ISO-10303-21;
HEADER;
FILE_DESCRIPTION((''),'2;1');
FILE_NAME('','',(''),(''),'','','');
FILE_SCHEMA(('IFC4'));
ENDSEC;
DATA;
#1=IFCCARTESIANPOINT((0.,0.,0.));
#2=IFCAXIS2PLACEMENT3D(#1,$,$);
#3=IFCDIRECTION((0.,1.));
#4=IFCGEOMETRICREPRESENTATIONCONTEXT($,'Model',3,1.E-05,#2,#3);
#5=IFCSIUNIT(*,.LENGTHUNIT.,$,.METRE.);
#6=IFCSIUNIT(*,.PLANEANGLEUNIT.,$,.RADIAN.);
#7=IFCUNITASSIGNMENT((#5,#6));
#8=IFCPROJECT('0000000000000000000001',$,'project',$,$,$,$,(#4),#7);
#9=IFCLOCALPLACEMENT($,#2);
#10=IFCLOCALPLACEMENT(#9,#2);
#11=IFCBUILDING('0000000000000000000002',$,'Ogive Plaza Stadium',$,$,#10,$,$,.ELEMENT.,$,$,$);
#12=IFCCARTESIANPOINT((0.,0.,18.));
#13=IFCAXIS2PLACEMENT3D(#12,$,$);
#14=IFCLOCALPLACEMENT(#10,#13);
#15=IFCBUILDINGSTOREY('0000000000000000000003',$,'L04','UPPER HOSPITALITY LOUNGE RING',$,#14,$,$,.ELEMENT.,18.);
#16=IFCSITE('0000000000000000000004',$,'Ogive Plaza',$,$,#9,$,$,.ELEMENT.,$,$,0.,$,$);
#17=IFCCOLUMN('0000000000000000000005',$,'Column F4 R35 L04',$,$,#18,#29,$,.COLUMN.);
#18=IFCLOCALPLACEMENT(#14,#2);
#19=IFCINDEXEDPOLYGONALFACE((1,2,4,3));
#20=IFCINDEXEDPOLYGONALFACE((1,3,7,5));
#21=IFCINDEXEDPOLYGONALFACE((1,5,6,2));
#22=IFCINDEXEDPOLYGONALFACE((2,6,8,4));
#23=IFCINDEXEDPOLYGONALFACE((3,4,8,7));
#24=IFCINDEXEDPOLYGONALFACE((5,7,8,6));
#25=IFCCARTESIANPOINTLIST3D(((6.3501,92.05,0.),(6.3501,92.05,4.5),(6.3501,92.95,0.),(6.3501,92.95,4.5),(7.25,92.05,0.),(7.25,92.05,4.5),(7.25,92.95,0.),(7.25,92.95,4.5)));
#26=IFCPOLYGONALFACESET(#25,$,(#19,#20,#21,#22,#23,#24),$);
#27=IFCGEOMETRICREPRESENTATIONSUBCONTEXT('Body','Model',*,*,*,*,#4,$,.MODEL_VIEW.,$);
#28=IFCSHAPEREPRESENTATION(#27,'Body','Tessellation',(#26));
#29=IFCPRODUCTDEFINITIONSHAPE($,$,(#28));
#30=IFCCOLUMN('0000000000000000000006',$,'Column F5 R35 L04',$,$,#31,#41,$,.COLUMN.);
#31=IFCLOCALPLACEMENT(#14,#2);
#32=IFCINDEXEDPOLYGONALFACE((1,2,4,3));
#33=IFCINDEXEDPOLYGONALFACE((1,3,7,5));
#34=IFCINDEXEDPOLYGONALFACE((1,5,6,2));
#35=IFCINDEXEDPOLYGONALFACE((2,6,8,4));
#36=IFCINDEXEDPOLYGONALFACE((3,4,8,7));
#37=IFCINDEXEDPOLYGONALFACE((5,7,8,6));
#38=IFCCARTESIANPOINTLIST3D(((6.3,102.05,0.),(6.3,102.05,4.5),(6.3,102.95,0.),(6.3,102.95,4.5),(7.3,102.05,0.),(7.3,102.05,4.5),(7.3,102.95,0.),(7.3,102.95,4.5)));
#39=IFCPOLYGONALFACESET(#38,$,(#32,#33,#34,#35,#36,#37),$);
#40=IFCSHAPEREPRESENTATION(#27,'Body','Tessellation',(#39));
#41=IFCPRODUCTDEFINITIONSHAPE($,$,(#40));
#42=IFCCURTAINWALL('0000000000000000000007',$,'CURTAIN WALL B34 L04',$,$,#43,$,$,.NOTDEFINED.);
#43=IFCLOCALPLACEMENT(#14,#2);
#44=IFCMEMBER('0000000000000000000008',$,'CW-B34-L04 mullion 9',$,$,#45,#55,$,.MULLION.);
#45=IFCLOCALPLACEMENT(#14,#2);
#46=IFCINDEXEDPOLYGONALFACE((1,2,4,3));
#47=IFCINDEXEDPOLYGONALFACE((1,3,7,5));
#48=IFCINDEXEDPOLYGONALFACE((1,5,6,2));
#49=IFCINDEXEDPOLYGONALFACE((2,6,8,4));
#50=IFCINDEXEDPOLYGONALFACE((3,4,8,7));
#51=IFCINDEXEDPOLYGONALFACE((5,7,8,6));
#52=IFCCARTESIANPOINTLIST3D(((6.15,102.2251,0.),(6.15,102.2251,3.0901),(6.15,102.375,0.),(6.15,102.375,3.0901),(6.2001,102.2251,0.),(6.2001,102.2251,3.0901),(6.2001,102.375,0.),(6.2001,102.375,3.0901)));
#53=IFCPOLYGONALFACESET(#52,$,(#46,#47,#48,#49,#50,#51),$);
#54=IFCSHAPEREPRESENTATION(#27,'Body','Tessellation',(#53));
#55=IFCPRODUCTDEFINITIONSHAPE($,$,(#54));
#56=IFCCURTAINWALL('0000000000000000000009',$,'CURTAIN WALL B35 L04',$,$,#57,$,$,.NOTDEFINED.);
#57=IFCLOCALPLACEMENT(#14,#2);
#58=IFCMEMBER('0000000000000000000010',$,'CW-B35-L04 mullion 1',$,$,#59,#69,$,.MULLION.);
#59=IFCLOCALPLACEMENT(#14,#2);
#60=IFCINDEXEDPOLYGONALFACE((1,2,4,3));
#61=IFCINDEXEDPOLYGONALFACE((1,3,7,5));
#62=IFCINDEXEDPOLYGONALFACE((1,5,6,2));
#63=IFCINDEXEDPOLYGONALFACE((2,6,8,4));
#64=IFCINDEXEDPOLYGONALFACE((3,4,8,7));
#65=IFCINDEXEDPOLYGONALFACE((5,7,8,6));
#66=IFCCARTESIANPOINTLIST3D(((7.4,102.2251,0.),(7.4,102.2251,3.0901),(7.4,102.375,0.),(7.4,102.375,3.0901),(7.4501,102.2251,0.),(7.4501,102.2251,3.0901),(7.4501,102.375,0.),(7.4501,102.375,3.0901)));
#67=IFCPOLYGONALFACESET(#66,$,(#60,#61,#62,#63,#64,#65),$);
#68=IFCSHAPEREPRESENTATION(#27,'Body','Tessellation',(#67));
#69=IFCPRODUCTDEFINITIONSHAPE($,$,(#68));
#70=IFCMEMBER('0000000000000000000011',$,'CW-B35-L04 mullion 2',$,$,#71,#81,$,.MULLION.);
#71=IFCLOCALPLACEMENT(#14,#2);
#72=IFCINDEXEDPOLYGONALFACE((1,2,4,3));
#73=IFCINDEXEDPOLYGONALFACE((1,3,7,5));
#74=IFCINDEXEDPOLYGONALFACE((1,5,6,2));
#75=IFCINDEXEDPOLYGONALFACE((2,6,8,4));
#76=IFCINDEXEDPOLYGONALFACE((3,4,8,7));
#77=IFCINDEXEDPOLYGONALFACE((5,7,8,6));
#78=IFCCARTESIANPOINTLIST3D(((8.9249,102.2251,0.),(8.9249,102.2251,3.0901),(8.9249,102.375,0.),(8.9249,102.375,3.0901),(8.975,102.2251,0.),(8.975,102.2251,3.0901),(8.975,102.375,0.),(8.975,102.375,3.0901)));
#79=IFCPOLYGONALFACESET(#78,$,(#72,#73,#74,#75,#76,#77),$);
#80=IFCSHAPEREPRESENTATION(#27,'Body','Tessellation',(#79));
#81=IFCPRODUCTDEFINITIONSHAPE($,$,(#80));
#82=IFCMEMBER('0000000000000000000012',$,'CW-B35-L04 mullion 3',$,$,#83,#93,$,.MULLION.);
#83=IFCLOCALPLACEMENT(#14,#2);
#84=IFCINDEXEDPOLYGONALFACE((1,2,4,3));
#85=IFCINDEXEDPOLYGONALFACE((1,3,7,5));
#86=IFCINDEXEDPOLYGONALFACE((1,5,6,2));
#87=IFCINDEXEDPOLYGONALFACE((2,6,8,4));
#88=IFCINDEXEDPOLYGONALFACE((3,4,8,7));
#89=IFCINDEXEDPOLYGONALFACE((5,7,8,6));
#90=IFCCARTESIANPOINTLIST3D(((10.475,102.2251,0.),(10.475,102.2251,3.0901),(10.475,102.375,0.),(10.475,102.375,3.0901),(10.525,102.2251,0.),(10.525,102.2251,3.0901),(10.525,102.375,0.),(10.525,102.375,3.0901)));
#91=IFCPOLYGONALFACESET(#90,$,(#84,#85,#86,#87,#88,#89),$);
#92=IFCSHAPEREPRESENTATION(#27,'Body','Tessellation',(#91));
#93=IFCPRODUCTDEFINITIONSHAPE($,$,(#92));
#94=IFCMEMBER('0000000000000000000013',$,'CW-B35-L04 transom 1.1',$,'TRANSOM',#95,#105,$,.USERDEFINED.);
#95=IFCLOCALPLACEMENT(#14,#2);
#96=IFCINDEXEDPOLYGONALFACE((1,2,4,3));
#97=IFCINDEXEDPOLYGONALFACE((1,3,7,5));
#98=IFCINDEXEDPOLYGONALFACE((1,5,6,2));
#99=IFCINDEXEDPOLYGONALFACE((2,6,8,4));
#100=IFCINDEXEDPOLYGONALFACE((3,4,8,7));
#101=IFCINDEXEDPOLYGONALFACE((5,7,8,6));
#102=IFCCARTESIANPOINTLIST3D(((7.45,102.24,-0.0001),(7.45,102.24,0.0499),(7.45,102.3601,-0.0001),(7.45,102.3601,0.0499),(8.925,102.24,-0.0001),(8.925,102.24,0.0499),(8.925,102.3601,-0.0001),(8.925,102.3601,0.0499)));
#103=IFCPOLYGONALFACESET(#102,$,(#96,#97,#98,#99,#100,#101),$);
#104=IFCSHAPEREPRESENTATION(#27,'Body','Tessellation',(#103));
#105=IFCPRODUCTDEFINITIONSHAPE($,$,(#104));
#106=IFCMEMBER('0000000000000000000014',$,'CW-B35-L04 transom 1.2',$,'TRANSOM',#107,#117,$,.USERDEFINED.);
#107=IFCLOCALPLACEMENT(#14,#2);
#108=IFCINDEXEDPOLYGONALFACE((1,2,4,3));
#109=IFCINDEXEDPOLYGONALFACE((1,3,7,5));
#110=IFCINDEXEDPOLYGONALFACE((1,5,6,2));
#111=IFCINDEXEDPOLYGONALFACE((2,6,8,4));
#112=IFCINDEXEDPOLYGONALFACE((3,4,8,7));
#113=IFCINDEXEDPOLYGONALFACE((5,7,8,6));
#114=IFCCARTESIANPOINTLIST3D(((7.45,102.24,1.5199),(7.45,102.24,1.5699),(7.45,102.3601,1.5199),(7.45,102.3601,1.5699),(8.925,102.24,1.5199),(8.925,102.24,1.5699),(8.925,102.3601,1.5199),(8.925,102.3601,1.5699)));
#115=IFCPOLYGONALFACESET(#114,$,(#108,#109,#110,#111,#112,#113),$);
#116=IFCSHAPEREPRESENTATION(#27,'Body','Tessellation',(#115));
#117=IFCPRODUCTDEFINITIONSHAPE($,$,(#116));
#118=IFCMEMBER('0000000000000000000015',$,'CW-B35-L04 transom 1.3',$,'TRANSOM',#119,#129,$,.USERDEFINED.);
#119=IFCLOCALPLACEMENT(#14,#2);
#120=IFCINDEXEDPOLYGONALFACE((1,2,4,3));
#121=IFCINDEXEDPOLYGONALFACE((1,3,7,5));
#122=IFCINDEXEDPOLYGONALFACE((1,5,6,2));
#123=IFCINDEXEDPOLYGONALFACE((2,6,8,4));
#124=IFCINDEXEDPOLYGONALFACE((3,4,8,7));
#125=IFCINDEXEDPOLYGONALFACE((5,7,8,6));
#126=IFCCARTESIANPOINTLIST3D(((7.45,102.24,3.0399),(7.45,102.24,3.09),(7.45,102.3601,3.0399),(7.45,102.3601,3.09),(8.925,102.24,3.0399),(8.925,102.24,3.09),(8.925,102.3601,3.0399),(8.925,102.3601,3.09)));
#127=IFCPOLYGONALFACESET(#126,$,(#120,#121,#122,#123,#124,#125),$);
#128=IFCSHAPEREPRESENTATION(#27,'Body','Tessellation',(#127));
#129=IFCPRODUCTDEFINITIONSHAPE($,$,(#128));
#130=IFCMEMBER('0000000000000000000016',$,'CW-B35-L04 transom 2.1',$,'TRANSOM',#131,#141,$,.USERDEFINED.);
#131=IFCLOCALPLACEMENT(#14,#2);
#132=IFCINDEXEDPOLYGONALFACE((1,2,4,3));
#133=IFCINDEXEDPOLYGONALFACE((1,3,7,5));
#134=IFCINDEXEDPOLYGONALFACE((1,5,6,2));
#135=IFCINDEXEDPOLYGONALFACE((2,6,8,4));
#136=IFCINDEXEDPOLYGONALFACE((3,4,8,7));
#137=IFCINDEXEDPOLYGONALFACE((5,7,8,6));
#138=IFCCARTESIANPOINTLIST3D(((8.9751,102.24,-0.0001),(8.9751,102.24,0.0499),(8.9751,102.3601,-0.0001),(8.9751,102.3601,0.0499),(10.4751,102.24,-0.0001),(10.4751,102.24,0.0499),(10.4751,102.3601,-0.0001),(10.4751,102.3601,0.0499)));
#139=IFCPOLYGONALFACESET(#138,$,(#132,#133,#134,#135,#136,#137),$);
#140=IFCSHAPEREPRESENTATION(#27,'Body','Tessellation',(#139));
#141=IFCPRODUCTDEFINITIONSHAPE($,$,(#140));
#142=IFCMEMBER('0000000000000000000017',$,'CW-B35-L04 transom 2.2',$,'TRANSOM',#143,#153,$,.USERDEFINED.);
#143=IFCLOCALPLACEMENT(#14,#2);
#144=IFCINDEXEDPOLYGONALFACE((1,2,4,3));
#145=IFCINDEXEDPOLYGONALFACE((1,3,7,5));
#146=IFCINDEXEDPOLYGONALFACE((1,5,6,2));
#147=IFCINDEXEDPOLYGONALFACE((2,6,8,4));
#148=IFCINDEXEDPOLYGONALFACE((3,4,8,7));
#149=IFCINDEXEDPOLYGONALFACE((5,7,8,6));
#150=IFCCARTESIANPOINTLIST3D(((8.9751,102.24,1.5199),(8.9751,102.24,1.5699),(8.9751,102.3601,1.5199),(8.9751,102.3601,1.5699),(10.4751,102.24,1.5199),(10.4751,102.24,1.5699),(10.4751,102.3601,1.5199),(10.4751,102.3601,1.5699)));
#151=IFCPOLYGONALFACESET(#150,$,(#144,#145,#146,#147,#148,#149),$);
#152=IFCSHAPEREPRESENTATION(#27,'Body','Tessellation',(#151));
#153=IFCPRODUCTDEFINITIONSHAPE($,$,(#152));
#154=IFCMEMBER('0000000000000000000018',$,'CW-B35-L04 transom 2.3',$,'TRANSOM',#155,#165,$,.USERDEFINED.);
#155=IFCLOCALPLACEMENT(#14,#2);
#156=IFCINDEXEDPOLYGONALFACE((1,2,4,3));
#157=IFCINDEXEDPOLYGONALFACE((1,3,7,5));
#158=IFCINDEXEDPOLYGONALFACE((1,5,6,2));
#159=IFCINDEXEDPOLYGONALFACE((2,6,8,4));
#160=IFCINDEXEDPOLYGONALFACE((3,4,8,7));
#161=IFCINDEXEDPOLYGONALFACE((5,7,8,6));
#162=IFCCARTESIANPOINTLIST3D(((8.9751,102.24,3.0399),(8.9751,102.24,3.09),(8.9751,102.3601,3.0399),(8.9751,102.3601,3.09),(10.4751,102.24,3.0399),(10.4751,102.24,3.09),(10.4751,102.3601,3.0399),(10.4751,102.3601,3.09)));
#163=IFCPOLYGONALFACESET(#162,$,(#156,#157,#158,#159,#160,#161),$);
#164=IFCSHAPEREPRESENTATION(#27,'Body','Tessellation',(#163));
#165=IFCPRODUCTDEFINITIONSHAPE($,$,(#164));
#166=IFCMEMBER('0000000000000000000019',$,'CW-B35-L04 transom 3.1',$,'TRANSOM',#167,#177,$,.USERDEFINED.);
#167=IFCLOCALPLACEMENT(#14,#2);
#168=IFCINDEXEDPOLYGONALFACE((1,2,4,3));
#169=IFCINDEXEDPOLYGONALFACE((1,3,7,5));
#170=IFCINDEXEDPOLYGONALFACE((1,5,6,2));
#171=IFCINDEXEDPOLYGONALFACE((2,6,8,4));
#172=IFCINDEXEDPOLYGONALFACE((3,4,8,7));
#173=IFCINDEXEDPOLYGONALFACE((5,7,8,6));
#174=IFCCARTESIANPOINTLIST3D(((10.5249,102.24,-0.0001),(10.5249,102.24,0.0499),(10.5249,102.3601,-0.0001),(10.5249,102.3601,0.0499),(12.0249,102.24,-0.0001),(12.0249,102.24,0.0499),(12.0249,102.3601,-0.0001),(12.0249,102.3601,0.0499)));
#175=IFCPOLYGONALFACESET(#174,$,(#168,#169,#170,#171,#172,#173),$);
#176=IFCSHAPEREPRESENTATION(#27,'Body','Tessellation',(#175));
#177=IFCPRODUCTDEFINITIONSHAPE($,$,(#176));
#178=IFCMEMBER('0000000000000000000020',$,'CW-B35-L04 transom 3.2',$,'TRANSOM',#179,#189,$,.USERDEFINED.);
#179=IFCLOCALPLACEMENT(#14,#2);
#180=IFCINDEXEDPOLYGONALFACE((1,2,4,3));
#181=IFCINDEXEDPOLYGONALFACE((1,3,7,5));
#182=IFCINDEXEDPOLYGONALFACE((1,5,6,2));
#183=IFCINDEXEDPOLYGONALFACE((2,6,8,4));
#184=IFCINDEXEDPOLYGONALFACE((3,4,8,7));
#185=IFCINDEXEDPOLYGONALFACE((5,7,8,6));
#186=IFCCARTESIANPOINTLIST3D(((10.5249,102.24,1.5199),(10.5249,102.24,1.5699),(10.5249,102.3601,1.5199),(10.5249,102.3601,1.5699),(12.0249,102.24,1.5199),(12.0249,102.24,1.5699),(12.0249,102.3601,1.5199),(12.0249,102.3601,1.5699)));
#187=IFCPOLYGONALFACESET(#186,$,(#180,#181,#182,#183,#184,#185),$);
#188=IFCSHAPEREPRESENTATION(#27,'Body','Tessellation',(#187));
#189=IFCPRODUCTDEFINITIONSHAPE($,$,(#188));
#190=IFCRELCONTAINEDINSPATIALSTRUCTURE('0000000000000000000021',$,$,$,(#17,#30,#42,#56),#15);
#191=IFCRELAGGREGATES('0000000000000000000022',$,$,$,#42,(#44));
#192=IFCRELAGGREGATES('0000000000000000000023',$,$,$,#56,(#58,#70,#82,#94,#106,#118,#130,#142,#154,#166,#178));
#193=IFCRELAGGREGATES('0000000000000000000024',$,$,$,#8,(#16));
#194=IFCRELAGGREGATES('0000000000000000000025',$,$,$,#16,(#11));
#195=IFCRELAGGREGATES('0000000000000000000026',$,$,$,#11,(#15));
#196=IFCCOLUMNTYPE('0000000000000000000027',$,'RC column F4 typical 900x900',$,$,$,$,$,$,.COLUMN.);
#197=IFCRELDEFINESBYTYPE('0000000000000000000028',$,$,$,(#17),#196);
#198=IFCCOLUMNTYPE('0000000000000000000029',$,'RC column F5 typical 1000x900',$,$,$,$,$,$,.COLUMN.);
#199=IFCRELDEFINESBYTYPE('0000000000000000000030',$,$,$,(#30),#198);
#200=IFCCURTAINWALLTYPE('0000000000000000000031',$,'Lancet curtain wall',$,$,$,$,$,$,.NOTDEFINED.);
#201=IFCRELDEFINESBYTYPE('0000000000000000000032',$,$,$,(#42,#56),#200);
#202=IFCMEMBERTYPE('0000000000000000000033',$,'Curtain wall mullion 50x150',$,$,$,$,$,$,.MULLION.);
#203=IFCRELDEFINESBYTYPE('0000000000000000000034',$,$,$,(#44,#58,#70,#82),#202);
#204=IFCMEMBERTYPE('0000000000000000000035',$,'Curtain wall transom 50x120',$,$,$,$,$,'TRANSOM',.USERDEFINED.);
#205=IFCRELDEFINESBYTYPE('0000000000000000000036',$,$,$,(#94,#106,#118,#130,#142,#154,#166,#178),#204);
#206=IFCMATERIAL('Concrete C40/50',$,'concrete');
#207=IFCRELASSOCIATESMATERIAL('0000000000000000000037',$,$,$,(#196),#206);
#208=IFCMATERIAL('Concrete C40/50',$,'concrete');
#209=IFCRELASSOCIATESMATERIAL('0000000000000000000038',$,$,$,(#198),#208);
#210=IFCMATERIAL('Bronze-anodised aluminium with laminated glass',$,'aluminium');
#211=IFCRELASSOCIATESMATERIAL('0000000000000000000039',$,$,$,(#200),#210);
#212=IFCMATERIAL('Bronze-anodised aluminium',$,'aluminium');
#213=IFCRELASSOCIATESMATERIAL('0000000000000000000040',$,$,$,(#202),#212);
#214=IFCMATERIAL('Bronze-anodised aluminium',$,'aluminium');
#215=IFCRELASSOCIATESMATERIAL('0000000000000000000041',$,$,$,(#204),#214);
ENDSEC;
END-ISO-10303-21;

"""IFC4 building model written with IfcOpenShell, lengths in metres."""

from ifc_helpers import new_model, si_unit, direction, frame, origin, origin_2d, place, context, subcontext, project, spatial, rectangle, extrude, material, material_profile, profile_set, type_object, element, aggregate, save


model = new_model("IFC4")

# Units and contexts
model_context = context("Model", 3, precision=1e-05, world=origin(), true_north=direction((0.0, 1.0)))
body_context = subcontext(model_context, "Body", "Model", "MODEL_VIEW")
ifc_project = project(units=[si_unit("LENGTHUNIT", "METRE"), si_unit("PLANEANGLEUNIT", "RADIAN")], contexts=[model_context])

# Site, building, storey
site_placement = place(None, origin())
site = spatial("IfcSite", under=ifc_project, at=site_placement, Name="Ogive Plaza", CompositionType="ELEMENT", RefElevation=0.0)
building_placement = place(site_placement, origin())
building = spatial("IfcBuilding", under=site, at=building_placement, Name="Ogive Plaza Stadium", CompositionType="ELEMENT")
storey_placement = place(building_placement, frame((0.0, 0.0, 18.0)))
storey = spatial("IfcBuildingStorey", under=building, at=storey_placement, Name="L04", Description="UPPER HOSPITALITY LOUNGE RING", CompositionType="ELEMENT", Elevation=18.0)

# Columns
ifc_material_1 = material(Name="Concrete C40/50", Category="concrete")
ifc_material_profile_1 = material_profile(ifc_material_1, rectangle(XDim=0.8999, YDim=0.8999, at=origin_2d()), Name="RC 900x900")
ifc_profile_set_1 = profile_set([ifc_material_profile_1], Name="Concrete C40/50")
column_type_1 = type_object("IfcColumnType", Name="RC column F4 typical 900x900", PredefinedType="COLUMN", material=ifc_profile_set_1)
column_1_placement = place(storey_placement, frame((6.8, 92.5, 0.0), z_axis=(0.0, 0.0, 1.0), x_axis=(-1.0, 0.0, 0.0)))
element("IfcColumn", 1, at=column_1_placement, inside=storey, type_object=column_type_1, Name="Column F4 R35 L04", PredefinedType="COLUMN", context=body_context, shape_type="SweptSolid", body=[
    extrude(rectangle(XDim=0.8999, YDim=0.8999, at=origin_2d()), origin(), (0.0, 0.0, 1.0), 4.5),
])
ifc_material_2 = material(Name="Concrete C40/50", Category="concrete")
ifc_material_profile_2 = material_profile(ifc_material_2, rectangle(XDim=1.0, YDim=0.8999, at=origin_2d()), Name="RC 1000x900")
ifc_profile_set_2 = profile_set([ifc_material_profile_2], Name="Concrete C40/50")
column_type_2 = type_object("IfcColumnType", Name="RC column F5 typical 1000x900", PredefinedType="COLUMN", material=ifc_profile_set_2)
column_2_placement = place(storey_placement, frame((6.8, 102.5, 0.0), z_axis=(0.0, 0.0, 1.0), x_axis=(-1.0, 0.0, 0.0)))
element("IfcColumn", 2, at=column_2_placement, inside=storey, type_object=column_type_2, Name="Column F5 R35 L04", PredefinedType="COLUMN", context=body_context, shape_type="SweptSolid", body=[
    extrude(rectangle(XDim=1.0, YDim=0.8999, at=origin_2d()), origin(), (0.0, 0.0, 1.0), 4.5),
])

# Curtain wall, member
ifc_material_3 = material(Name="Bronze-anodised aluminium with laminated glass", Category="aluminium")
curtain_wall_type = type_object("IfcCurtainWallType", Name="Lancet curtain wall", PredefinedType="NOTDEFINED", material=ifc_material_3)
curtain_wall_1_placement = place(storey_placement, origin())
curtain_wall_1 = element("IfcCurtainWall", 3, at=curtain_wall_1_placement, inside=storey, type_object=curtain_wall_type, Name="CURTAIN WALL B34 L04", PredefinedType="NOTDEFINED")
ifc_material_4 = material(Name="Bronze-anodised aluminium", Category="aluminium")
ifc_material_profile_3 = material_profile(ifc_material_4, rectangle(XDim=0.1499, YDim=0.05, at=origin_2d()), Name="AL 150x50")
ifc_profile_set_3 = profile_set([ifc_material_profile_3], Name="Bronze-anodised aluminium")
member_type_1 = type_object("IfcMemberType", Name="Curtain wall mullion 50x150", PredefinedType="MULLION", material=ifc_profile_set_3)
member_1_placement = place(storey_placement, frame((6.175, 102.3, 0.0), z_axis=(0.0, 0.0, 1.0), x_axis=(0.0, 1.0, 0.0)))
member_1 = element("IfcMember", 4, at=member_1_placement, type_object=member_type_1, Name="CW-B34-L04 mullion 9", PredefinedType="MULLION", context=body_context, shape_type="SweptSolid", body=[
    extrude(rectangle(XDim=0.1499, YDim=0.05, at=origin_2d()), origin(), (0.0, 0.0, 1.0), 3.0901),
])
aggregate(curtain_wall_1, [member_1])

# Curtain wall, members
curtain_wall_2_placement = place(storey_placement, origin())
curtain_wall_2 = element("IfcCurtainWall", 5, at=curtain_wall_2_placement, inside=storey, type_object=curtain_wall_type, Name="CURTAIN WALL B35 L04", PredefinedType="NOTDEFINED")
member_2_placement = place(storey_placement, frame((7.425, 102.3, 0.0), z_axis=(0.0, 0.0, 1.0), x_axis=(0.0, 1.0, 0.0)))
member_2 = element("IfcMember", 6, at=member_2_placement, type_object=member_type_1, Name="CW-B35-L04 mullion 1", PredefinedType="MULLION", context=body_context, shape_type="SweptSolid", body=[
    extrude(rectangle(XDim=0.1499, YDim=0.05, at=origin_2d()), origin(), (0.0, 0.0, 1.0), 3.0901),
])
member_3_placement = place(storey_placement, frame((8.95, 102.3, 0.0), z_axis=(0.0, 0.0, 1.0), x_axis=(0.0, 1.0, 0.0)))
member_3 = element("IfcMember", 7, at=member_3_placement, type_object=member_type_1, Name="CW-B35-L04 mullion 2", PredefinedType="MULLION", context=body_context, shape_type="SweptSolid", body=[
    extrude(rectangle(XDim=0.1499, YDim=0.05, at=origin_2d()), origin(), (0.0, 0.0, 1.0), 3.0901),
])
member_4_placement = place(storey_placement, frame((10.5, 102.3, 0.0), z_axis=(0.0, 0.0, 1.0), x_axis=(0.0, 1.0, 0.0)))
member_4 = element("IfcMember", 8, at=member_4_placement, type_object=member_type_1, Name="CW-B35-L04 mullion 3", PredefinedType="MULLION", context=body_context, shape_type="SweptSolid", body=[
    extrude(rectangle(XDim=0.1499, YDim=0.05, at=origin_2d()), origin(), (0.0, 0.0, 1.0), 3.0901),
])
ifc_material_5 = material(Name="Bronze-anodised aluminium", Category="aluminium")
ifc_material_profile_4 = material_profile(ifc_material_5, rectangle(XDim=0.1201, YDim=0.05, at=origin_2d()), Name="AL 120x50")
ifc_profile_set_4 = profile_set([ifc_material_profile_4], Name="Bronze-anodised aluminium")
member_type_2 = type_object("IfcMemberType", Name="Curtain wall transom 50x120", ElementType="TRANSOM", PredefinedType="USERDEFINED", material=ifc_profile_set_4)
member_5_placement = place(storey_placement, frame((7.45, 102.3, 0.0249), z_axis=(1.0, 0.0, 0.0), x_axis=(0.0, 1.0, 0.0)))
member_5 = element("IfcMember", 9, at=member_5_placement, type_object=member_type_2, Name="CW-B35-L04 transom 1.1", ObjectType="TRANSOM", PredefinedType="USERDEFINED", context=body_context, shape_type="SweptSolid", body=[
    extrude(rectangle(XDim=0.1201, YDim=0.05, at=origin_2d()), origin(), (0.0, 0.0, 1.0), 1.4751),
])
member_6_placement = place(storey_placement, frame((7.45, 102.3, 1.5449), z_axis=(1.0, 0.0, 0.0), x_axis=(0.0, 1.0, 0.0)))
member_6 = element("IfcMember", 10, at=member_6_placement, type_object=member_type_2, Name="CW-B35-L04 transom 1.2", ObjectType="TRANSOM", PredefinedType="USERDEFINED", context=body_context, shape_type="SweptSolid", body=[
    extrude(rectangle(XDim=0.1201, YDim=0.05, at=origin_2d()), origin(), (0.0, 0.0, 1.0), 1.4751),
])
member_7_placement = place(storey_placement, frame((7.45, 102.3, 3.0649), z_axis=(1.0, 0.0, 0.0), x_axis=(0.0, 1.0, 0.0)))
member_7 = element("IfcMember", 11, at=member_7_placement, type_object=member_type_2, Name="CW-B35-L04 transom 1.3", ObjectType="TRANSOM", PredefinedType="USERDEFINED", context=body_context, shape_type="SweptSolid", body=[
    extrude(rectangle(XDim=0.1201, YDim=0.05, at=origin_2d()), origin(), (0.0, 0.0, 1.0), 1.4751),
])
member_8_placement = place(storey_placement, frame((8.9751, 102.3, 0.0249), z_axis=(1.0, 0.0, 0.0), x_axis=(0.0, 1.0, 0.0)))
member_8 = element("IfcMember", 12, at=member_8_placement, type_object=member_type_2, Name="CW-B35-L04 transom 2.1", ObjectType="TRANSOM", PredefinedType="USERDEFINED", context=body_context, shape_type="SweptSolid", body=[
    extrude(rectangle(XDim=0.1201, YDim=0.05, at=origin_2d()), origin(), (0.0, 0.0, 1.0), 1.5),
])
member_9_placement = place(storey_placement, frame((8.9751, 102.3, 1.5449), z_axis=(1.0, 0.0, 0.0), x_axis=(0.0, 1.0, 0.0)))
member_9 = element("IfcMember", 13, at=member_9_placement, type_object=member_type_2, Name="CW-B35-L04 transom 2.2", ObjectType="TRANSOM", PredefinedType="USERDEFINED", context=body_context, shape_type="SweptSolid", body=[
    extrude(rectangle(XDim=0.1201, YDim=0.05, at=origin_2d()), origin(), (0.0, 0.0, 1.0), 1.5),
])
member_10_placement = place(storey_placement, frame((8.9751, 102.3, 3.0649), z_axis=(1.0, 0.0, 0.0), x_axis=(0.0, 1.0, 0.0)))
member_10 = element("IfcMember", 14, at=member_10_placement, type_object=member_type_2, Name="CW-B35-L04 transom 2.3", ObjectType="TRANSOM", PredefinedType="USERDEFINED", context=body_context, shape_type="SweptSolid", body=[
    extrude(rectangle(XDim=0.1201, YDim=0.05, at=origin_2d()), origin(), (0.0, 0.0, 1.0), 1.5),
])
member_11_placement = place(storey_placement, frame((10.5249, 102.3, 0.0249), z_axis=(1.0, 0.0, 0.0), x_axis=(0.0, 1.0, 0.0)))
member_11 = element("IfcMember", 15, at=member_11_placement, type_object=member_type_2, Name="CW-B35-L04 transom 3.1", ObjectType="TRANSOM", PredefinedType="USERDEFINED", context=body_context, shape_type="SweptSolid", body=[
    extrude(rectangle(XDim=0.1201, YDim=0.05, at=origin_2d()), origin(), (0.0, 0.0, 1.0), 1.5),
])
member_12_placement = place(storey_placement, frame((10.5249, 102.3, 1.5449), z_axis=(1.0, 0.0, 0.0), x_axis=(0.0, 1.0, 0.0)))
member_12 = element("IfcMember", 16, at=member_12_placement, type_object=member_type_2, Name="CW-B35-L04 transom 3.2", ObjectType="TRANSOM", PredefinedType="USERDEFINED", context=body_context, shape_type="SweptSolid", body=[
    extrude(rectangle(XDim=0.1201, YDim=0.05, at=origin_2d()), origin(), (0.0, 0.0, 1.0), 1.5),
])

aggregate(curtain_wall_2, [member_2, member_3, member_4, member_5, member_6, member_7, member_8, member_9, member_10, member_11, member_12])

save(model, "model.ifc")
